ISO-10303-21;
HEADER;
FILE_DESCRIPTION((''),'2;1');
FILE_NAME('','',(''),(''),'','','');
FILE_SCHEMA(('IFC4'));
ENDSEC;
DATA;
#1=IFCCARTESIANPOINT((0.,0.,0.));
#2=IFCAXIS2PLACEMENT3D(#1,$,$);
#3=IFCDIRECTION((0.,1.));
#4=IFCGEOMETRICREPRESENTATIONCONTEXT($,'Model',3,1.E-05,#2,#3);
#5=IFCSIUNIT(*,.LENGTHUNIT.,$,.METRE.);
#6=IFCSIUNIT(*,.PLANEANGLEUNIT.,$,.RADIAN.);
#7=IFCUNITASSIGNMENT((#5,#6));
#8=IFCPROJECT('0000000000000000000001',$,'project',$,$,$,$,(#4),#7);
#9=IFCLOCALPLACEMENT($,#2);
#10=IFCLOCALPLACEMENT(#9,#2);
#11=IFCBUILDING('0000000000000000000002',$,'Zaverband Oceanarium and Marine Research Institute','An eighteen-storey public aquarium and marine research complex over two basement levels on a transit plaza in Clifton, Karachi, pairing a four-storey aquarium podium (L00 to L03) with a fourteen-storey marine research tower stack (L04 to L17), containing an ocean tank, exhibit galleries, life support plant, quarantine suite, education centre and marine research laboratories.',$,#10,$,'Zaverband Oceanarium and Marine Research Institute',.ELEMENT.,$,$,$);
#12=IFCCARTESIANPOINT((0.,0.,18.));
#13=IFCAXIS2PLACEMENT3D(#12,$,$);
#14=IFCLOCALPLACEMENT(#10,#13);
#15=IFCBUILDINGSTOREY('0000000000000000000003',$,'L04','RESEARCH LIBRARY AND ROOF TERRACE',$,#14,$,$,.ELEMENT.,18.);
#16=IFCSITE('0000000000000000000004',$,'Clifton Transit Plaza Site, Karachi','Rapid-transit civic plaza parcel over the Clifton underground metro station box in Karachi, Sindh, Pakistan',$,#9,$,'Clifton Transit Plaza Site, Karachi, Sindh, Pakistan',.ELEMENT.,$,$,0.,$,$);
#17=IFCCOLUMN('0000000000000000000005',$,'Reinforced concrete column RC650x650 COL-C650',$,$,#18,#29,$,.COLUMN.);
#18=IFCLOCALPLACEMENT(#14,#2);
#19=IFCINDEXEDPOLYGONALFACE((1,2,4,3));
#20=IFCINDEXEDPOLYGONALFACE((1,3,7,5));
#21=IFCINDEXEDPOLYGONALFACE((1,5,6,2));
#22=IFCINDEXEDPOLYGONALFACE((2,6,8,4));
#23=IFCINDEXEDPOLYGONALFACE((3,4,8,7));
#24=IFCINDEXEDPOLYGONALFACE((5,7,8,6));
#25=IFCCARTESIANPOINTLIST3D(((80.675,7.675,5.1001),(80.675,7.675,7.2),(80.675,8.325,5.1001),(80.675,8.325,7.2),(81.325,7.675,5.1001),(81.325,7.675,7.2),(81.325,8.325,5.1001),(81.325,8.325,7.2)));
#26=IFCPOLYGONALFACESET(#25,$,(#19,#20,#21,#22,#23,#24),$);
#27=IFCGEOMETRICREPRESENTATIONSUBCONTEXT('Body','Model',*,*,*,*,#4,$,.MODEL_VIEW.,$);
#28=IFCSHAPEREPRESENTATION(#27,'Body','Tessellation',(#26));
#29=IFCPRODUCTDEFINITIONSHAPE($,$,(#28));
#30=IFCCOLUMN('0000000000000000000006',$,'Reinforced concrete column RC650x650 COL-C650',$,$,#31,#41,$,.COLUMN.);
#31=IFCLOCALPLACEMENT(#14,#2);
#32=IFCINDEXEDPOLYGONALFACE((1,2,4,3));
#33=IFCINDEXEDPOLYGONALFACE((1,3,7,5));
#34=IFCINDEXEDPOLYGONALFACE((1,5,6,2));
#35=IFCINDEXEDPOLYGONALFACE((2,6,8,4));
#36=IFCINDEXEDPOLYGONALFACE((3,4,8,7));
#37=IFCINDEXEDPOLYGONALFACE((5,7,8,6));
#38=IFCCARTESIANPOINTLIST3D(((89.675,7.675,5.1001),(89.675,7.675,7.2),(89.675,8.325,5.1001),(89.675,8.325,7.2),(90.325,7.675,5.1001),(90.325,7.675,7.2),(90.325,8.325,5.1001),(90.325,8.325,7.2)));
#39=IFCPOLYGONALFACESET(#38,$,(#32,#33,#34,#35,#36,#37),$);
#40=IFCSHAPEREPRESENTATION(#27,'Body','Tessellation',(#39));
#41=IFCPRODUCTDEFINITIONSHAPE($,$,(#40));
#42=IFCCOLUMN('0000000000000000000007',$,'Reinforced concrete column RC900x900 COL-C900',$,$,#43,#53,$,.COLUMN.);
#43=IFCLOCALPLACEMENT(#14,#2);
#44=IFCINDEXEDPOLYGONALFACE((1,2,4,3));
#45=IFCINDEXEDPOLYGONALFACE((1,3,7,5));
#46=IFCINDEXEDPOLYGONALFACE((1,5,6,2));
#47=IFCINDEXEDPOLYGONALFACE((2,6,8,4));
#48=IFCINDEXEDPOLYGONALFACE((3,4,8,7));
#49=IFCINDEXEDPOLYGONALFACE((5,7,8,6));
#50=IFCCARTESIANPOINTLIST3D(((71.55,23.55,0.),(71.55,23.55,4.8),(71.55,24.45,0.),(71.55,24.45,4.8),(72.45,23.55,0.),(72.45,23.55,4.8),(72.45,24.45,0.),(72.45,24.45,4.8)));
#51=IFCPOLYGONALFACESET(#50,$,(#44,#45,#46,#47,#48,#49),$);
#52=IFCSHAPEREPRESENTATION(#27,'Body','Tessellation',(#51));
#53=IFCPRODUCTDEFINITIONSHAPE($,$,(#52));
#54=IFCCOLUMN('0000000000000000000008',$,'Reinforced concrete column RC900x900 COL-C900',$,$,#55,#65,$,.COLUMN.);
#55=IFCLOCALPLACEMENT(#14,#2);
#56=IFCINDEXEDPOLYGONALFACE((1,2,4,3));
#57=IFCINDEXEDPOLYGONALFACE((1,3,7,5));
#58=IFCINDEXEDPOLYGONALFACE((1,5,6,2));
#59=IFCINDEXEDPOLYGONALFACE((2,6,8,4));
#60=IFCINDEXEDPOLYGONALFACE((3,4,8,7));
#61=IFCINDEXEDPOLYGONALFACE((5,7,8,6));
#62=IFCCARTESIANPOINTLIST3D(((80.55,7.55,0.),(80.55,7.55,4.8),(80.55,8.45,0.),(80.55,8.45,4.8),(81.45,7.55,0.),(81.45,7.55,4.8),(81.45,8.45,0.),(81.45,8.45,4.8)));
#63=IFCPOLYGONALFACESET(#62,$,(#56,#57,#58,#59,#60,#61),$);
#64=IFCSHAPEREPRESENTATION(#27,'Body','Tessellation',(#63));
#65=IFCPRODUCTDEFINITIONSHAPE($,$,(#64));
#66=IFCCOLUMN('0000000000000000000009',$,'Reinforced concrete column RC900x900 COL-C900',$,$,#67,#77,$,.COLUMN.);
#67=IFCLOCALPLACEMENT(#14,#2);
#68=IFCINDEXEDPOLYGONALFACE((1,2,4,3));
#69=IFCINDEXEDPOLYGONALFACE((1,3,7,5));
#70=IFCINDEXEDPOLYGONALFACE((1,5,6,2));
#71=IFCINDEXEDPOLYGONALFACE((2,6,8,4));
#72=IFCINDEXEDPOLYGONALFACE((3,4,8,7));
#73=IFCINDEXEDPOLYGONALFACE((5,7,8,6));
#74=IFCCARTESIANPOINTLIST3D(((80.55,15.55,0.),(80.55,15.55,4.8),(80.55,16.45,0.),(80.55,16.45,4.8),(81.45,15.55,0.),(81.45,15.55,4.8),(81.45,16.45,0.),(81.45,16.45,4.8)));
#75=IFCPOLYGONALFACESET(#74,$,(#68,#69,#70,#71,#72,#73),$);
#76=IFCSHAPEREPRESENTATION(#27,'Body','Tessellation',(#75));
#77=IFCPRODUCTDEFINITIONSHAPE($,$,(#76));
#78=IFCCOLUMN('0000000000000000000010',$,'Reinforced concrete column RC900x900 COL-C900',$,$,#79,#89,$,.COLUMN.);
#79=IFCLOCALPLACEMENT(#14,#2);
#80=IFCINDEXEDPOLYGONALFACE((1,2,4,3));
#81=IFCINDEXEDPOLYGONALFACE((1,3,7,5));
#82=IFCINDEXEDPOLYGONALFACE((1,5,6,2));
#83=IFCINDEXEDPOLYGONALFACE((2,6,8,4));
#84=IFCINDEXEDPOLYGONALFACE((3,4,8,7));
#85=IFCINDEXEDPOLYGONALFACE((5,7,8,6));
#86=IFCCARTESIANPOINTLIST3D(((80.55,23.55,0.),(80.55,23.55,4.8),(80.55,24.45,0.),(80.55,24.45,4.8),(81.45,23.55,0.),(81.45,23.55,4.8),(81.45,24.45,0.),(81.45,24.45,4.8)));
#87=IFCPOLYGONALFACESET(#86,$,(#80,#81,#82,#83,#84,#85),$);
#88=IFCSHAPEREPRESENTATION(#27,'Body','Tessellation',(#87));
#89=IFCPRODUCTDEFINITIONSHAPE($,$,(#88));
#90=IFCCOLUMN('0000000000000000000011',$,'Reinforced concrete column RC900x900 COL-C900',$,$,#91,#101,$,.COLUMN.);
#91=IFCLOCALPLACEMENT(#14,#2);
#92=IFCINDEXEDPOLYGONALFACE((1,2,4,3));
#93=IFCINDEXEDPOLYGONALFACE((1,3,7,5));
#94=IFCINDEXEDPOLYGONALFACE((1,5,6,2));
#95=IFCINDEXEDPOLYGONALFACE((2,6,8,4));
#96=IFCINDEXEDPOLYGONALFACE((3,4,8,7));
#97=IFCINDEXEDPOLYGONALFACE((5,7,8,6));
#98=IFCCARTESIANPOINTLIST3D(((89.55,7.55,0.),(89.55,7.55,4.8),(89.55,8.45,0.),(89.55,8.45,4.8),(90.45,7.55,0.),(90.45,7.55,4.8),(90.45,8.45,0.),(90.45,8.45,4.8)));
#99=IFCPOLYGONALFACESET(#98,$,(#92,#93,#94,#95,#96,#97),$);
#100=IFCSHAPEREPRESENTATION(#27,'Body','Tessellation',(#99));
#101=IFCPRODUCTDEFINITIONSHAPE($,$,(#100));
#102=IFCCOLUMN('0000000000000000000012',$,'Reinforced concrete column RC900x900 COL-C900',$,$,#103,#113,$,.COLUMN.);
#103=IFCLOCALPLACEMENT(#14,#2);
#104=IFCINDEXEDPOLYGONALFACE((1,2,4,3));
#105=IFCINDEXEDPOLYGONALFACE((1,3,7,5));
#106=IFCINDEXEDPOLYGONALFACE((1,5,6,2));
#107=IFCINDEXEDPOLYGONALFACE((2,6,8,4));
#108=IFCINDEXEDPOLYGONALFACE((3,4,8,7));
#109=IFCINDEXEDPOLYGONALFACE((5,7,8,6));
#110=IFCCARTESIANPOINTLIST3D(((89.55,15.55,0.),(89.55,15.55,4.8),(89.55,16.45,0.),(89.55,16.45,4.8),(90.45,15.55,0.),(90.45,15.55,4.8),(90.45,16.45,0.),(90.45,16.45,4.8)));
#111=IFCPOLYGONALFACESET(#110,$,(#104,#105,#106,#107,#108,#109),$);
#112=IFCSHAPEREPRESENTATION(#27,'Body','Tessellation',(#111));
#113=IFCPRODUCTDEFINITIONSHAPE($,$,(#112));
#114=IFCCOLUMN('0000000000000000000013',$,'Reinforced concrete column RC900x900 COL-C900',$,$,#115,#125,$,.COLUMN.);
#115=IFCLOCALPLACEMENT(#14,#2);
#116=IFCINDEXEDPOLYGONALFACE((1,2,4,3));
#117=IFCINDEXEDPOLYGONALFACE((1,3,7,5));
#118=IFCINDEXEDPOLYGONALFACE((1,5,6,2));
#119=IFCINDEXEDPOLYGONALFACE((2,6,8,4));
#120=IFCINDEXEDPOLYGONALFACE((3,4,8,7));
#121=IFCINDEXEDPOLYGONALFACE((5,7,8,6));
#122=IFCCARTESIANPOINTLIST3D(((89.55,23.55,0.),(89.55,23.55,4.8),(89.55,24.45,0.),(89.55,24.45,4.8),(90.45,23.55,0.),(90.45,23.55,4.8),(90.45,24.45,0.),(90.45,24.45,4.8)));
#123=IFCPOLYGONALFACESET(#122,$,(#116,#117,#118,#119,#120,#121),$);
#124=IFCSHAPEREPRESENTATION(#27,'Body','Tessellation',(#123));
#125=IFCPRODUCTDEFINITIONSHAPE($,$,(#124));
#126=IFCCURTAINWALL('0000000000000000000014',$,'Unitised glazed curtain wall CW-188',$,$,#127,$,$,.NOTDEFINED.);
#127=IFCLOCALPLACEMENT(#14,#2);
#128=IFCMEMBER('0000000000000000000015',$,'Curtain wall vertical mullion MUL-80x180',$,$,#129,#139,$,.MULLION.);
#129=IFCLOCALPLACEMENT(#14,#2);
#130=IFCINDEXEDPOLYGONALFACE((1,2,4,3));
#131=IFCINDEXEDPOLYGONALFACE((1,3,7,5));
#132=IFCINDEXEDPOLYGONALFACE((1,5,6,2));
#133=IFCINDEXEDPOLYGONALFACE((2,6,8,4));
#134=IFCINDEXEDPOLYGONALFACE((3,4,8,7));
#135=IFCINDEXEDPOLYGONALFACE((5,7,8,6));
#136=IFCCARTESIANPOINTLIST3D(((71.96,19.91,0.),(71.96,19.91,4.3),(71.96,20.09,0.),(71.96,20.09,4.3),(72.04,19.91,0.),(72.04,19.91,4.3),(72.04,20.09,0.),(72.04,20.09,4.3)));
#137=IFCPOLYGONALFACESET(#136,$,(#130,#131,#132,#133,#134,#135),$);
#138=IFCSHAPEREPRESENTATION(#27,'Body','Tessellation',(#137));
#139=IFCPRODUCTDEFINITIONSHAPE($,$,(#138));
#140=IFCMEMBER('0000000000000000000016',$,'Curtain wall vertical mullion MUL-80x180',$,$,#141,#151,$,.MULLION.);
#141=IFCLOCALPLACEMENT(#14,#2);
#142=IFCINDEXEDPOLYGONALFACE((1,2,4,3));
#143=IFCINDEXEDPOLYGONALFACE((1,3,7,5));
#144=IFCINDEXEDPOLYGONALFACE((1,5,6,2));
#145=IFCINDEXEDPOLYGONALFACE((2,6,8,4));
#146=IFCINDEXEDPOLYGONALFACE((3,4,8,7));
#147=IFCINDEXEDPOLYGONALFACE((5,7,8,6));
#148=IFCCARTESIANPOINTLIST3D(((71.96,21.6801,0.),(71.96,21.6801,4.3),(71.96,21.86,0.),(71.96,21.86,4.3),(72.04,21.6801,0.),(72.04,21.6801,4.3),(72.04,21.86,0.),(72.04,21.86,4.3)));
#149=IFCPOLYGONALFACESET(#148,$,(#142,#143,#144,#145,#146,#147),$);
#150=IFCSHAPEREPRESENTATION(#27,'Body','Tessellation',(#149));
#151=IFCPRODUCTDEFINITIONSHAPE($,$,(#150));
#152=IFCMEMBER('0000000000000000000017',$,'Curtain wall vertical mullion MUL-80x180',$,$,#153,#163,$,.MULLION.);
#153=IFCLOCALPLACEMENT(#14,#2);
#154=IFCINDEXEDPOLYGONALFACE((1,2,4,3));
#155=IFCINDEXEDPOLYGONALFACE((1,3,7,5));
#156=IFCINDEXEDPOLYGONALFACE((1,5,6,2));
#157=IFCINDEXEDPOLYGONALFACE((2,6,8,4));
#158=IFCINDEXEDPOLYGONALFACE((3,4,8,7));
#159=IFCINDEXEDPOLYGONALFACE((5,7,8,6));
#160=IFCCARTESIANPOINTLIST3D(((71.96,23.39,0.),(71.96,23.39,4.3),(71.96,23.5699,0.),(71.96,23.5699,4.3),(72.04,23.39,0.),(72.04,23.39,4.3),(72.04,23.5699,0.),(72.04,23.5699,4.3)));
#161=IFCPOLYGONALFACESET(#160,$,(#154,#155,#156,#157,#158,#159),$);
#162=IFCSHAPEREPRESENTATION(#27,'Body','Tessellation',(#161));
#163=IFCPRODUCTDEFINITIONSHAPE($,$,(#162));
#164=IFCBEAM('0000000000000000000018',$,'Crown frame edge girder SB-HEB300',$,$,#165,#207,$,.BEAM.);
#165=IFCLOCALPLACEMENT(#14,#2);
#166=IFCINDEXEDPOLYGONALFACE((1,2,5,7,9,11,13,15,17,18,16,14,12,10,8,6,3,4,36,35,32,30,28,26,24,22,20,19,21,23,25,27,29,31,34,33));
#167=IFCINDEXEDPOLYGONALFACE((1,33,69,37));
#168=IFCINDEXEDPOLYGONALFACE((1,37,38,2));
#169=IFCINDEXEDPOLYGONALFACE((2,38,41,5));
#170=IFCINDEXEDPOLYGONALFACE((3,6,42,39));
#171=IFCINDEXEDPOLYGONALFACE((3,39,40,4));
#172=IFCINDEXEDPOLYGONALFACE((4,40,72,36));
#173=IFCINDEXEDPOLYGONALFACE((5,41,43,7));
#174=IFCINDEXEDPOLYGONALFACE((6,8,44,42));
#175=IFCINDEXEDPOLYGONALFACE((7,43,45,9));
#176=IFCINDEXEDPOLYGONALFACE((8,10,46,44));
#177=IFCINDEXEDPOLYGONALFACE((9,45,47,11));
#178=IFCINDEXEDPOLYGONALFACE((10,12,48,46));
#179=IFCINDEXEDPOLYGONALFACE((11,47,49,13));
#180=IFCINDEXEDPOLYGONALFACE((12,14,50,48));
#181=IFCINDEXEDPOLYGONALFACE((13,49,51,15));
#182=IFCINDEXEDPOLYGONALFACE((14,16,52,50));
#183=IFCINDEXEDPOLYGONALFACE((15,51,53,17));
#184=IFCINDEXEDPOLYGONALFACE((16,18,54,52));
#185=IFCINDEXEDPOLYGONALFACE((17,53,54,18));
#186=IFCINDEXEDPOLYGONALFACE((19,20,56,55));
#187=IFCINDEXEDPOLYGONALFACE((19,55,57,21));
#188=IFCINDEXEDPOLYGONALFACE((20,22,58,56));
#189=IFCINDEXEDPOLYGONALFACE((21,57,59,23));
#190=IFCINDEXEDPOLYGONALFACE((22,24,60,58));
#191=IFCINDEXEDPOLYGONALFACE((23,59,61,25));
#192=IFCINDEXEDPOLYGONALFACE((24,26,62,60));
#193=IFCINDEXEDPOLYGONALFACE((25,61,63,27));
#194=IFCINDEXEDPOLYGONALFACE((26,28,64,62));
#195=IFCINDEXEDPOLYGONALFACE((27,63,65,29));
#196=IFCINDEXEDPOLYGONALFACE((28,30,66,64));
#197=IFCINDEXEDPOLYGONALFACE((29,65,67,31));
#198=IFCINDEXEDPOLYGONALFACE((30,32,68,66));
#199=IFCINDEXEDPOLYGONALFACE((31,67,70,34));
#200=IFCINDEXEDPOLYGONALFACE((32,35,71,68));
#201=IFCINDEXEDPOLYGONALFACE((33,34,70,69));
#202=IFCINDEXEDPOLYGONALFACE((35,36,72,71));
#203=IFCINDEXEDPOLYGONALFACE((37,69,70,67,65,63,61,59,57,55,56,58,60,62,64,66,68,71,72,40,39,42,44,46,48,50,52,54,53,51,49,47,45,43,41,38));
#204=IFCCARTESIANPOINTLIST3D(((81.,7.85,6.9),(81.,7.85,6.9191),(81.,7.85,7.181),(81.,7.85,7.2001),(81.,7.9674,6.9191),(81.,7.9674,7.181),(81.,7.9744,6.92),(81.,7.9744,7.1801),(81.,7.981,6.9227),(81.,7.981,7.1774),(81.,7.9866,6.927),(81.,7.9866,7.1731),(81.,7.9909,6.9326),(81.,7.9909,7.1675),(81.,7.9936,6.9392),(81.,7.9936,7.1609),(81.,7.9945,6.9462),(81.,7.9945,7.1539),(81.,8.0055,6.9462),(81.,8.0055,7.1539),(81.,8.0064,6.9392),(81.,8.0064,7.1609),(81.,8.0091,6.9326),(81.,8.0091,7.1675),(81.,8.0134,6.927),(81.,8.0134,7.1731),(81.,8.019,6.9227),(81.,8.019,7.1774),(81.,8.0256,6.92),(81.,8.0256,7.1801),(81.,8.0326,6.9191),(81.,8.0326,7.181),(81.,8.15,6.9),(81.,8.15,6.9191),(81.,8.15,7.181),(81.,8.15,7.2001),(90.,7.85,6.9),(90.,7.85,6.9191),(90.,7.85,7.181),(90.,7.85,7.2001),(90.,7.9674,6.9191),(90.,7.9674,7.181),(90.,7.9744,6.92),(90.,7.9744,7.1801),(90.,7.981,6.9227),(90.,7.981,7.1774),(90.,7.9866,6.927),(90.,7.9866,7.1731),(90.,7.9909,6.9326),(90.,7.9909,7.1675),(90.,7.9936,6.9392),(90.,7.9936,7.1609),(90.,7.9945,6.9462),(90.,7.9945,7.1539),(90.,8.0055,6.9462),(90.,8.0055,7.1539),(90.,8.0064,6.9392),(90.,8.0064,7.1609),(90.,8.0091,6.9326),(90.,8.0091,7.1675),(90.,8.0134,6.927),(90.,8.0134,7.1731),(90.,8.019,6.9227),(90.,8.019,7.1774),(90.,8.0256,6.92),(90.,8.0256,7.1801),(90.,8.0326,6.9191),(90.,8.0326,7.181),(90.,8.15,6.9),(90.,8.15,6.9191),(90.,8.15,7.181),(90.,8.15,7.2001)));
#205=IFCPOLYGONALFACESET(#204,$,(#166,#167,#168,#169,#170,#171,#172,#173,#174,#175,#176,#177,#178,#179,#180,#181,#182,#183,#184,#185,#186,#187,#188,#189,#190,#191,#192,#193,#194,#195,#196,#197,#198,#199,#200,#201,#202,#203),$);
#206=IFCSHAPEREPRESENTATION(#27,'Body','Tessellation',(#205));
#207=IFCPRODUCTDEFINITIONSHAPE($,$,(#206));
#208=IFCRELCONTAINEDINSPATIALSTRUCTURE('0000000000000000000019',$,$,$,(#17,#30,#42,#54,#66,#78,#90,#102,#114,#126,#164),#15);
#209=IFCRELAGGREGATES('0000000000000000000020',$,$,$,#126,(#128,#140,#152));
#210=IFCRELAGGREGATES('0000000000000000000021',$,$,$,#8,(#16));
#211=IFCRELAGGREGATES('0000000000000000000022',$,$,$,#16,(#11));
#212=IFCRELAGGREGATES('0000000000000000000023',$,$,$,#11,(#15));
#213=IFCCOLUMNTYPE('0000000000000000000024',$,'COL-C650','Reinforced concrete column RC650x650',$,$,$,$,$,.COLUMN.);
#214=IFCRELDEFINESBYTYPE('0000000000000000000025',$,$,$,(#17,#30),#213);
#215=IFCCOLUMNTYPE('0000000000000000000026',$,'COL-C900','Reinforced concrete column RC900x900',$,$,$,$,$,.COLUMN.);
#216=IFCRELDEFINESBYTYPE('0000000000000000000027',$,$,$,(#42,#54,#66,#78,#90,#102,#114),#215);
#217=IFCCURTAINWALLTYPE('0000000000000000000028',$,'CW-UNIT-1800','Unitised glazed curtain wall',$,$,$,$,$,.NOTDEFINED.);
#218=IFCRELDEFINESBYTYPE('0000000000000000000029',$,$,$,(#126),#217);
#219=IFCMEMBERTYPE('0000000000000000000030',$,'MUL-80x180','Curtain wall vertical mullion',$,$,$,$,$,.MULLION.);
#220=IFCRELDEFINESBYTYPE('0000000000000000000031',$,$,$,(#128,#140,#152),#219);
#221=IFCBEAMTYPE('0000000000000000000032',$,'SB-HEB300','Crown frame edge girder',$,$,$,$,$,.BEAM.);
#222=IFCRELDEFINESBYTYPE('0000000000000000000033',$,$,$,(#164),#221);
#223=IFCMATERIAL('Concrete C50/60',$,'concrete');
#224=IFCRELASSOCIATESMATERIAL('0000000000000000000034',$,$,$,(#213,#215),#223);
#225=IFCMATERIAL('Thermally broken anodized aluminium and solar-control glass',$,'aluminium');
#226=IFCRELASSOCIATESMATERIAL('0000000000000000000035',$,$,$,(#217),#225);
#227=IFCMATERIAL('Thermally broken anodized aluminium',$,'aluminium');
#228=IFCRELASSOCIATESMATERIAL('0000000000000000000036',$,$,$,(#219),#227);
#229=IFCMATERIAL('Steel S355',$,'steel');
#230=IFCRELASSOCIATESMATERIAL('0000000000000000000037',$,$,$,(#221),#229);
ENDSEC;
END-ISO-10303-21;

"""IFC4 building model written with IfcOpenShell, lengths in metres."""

from ifc_helpers import new_model, si_unit, direction, frame, origin, origin_2d, place, context, subcontext, project, spatial, rectangle, i_section, extrude, material, material_profile, profile_set, type_object, element, aggregate, save


model = new_model("IFC4")

# Units and contexts
model_context = context("Model", 3, precision=1e-05, world=origin(), true_north=direction((0.0, 1.0)))
body_context = subcontext(model_context, "Body", "Model", "MODEL_VIEW")
ifc_project = project(units=[si_unit("LENGTHUNIT", "METRE"), si_unit("PLANEANGLEUNIT", "RADIAN")], contexts=[model_context])

# Site, building, storey
site_placement = place(None, origin())
site = spatial("IfcSite", under=ifc_project, at=site_placement, Name="Clifton Transit Plaza Site, Karachi", Description="Rapid-transit civic plaza parcel over the Clifton underground metro station box in Karachi, Sindh, Pakistan", LongName="Clifton Transit Plaza Site, Karachi, Sindh, Pakistan", CompositionType="ELEMENT", RefElevation=0.0)
building_placement = place(site_placement, origin())
building = spatial("IfcBuilding", under=site, at=building_placement, Name="Zaverband Oceanarium and Marine Research Institute", Description="An eighteen-storey public aquarium and marine research complex over two basement levels on a transit plaza in Clifton, Karachi, pairing a four-storey aquarium podium (L00 to L03) with a fourteen-storey marine research tower stack (L04 to L17), containing an ocean tank, exhibit galleries, life support plant, quarantine suite, education centre and marine research laboratories.", LongName="Zaverband Oceanarium and Marine Research Institute", CompositionType="ELEMENT")
storey_placement = place(building_placement, frame((0.0, 0.0, 18.0)))
storey = spatial("IfcBuildingStorey", under=building, at=storey_placement, Name="L04", Description="RESEARCH LIBRARY AND ROOF TERRACE", CompositionType="ELEMENT", Elevation=18.0)

# Columns
ifc_material_1 = material(Name="Concrete C50/60", Category="concrete")
ifc_material_profile_1 = material_profile(ifc_material_1, rectangle(XDim=0.6499, YDim=0.6499, at=origin_2d()), Name="RC650x650")
ifc_profile_set_1 = profile_set([ifc_material_profile_1], Name="Concrete C50/60")
column_type_1 = type_object("IfcColumnType", Name="COL-C650", Description="Reinforced concrete column RC650x650", PredefinedType="COLUMN", material=ifc_profile_set_1)
for number, where, z_axis, x_axis, name in (
    (1, (81.0, 8.0, 5.1001), (0.0, 0.0, 1.0), (1.0, 0.0, 0.0), "Reinforced concrete column RC650x650 COL-C650"),
    (2, (90.0, 8.0, 5.1001), (0.0, 0.0, 1.0), (1.0, 0.0, 0.0), "Reinforced concrete column RC650x650 COL-C650"),
):
    element("IfcColumn", number, at=place(storey_placement, frame(where, z_axis=z_axis, x_axis=x_axis)), inside=storey, type_object=column_type_1, Name=name, PredefinedType="COLUMN", context=body_context, shape_type="SweptSolid", body=[
        extrude(rectangle(XDim=0.6499, YDim=0.6499, at=origin_2d()), origin(), (0.0, 0.0, 1.0), 2.0999),
    ])
ifc_material_profile_2 = material_profile(ifc_material_1, rectangle(XDim=0.8999, YDim=0.8999, at=origin_2d()), Name="RC900x900")
ifc_profile_set_2 = profile_set([ifc_material_profile_2], Name="Concrete C50/60")
column_type_2 = type_object("IfcColumnType", Name="COL-C900", Description="Reinforced concrete column RC900x900", PredefinedType="COLUMN", material=ifc_profile_set_2)
for number, where, z_axis, x_axis, name in (
    (3, (72.0, 24.0, 0.0), (0.0, 0.0, 1.0), (1.0, 0.0, 0.0), "Reinforced concrete column RC900x900 COL-C900"),
    (4, (81.0, 8.0, 0.0), (0.0, 0.0, 1.0), (1.0, 0.0, 0.0), "Reinforced concrete column RC900x900 COL-C900"),
    (5, (81.0, 16.0, 0.0), (0.0, 0.0, 1.0), (1.0, 0.0, 0.0), "Reinforced concrete column RC900x900 COL-C900"),
    (6, (81.0, 24.0, 0.0), (0.0, 0.0, 1.0), (1.0, 0.0, 0.0), "Reinforced concrete column RC900x900 COL-C900"),
    (7, (90.0, 8.0, 0.0), (0.0, 0.0, 1.0), (1.0, 0.0, 0.0), "Reinforced concrete column RC900x900 COL-C900"),
    (8, (90.0, 16.0, 0.0), (0.0, 0.0, 1.0), (1.0, 0.0, 0.0), "Reinforced concrete column RC900x900 COL-C900"),
    (9, (90.0, 24.0, 0.0), (0.0, 0.0, 1.0), (1.0, 0.0, 0.0), "Reinforced concrete column RC900x900 COL-C900"),
):
    element("IfcColumn", number, at=place(storey_placement, frame(where, z_axis=z_axis, x_axis=x_axis)), inside=storey, type_object=column_type_2, Name=name, PredefinedType="COLUMN", context=body_context, shape_type="SweptSolid", body=[
        extrude(rectangle(XDim=0.8999, YDim=0.8999, at=origin_2d()), origin(), (0.0, 0.0, 1.0), 4.8),
    ])

# Curtain wall, members
ifc_material_2 = material(Name="Thermally broken anodized aluminium and solar-control glass", Category="aluminium")
curtain_wall_type = type_object("IfcCurtainWallType", Name="CW-UNIT-1800", Description="Unitised glazed curtain wall", PredefinedType="NOTDEFINED", material=ifc_material_2)
curtain_wall_placement = place(storey_placement, origin())
curtain_wall = element("IfcCurtainWall", 10, at=curtain_wall_placement, inside=storey, type_object=curtain_wall_type, Name="Unitised glazed curtain wall CW-188", PredefinedType="NOTDEFINED")
ifc_material_3 = material(Name="Thermally broken anodized aluminium", Category="aluminium")
ifc_material_profile_3 = material_profile(ifc_material_3, rectangle(XDim=0.0801, YDim=0.1799, at=origin_2d()), Name="AL-MUL-80x180")
ifc_profile_set_3 = profile_set([ifc_material_profile_3], Name="Thermally broken anodized aluminium")
member_type = type_object("IfcMemberType", Name="MUL-80x180", Description="Curtain wall vertical mullion", PredefinedType="MULLION", material=ifc_profile_set_3)
member_1_placement = place(storey_placement, frame((72.0, 20.0, 0.0), z_axis=(0.0, 0.0, 1.0), x_axis=(1.0, 0.0, 0.0)))
member_1 = element("IfcMember", 11, at=member_1_placement, type_object=member_type, Name="Curtain wall vertical mullion MUL-80x180", PredefinedType="MULLION", context=body_context, shape_type="SweptSolid", body=[
    extrude(rectangle(XDim=0.0801, YDim=0.1799, at=origin_2d()), origin(), (0.0, 0.0, 1.0), 4.3),
])
member_2_placement = place(storey_placement, frame((72.0, 21.77, 0.0), z_axis=(0.0, 0.0, 1.0), x_axis=(1.0, 0.0, 0.0)))
member_2 = element("IfcMember", 12, at=member_2_placement, type_object=member_type, Name="Curtain wall vertical mullion MUL-80x180", PredefinedType="MULLION", context=body_context, shape_type="SweptSolid", body=[
    extrude(rectangle(XDim=0.0801, YDim=0.1799, at=origin_2d()), origin(), (0.0, 0.0, 1.0), 4.3),
])
member_3_placement = place(storey_placement, frame((72.0, 23.48, 0.0), z_axis=(0.0, 0.0, 1.0), x_axis=(1.0, 0.0, 0.0)))
member_3 = element("IfcMember", 13, at=member_3_placement, type_object=member_type, Name="Curtain wall vertical mullion MUL-80x180", PredefinedType="MULLION", context=body_context, shape_type="SweptSolid", body=[
    extrude(rectangle(XDim=0.0801, YDim=0.1799, at=origin_2d()), origin(), (0.0, 0.0, 1.0), 4.3),
])

# Beam
ifc_material_4 = material(Name="Steel S355", Category="steel")
ifc_material_profile_4 = material_profile(ifc_material_4, i_section(OverallWidth=0.3, OverallDepth=0.3, WebThickness=0.011, FlangeThickness=0.019, FilletRadius=0.0271, at=origin_2d()), Name="HEB300")
ifc_profile_set_4 = profile_set([ifc_material_profile_4], Name="Steel S355")
beam_type_1 = type_object("IfcBeamType", Name="SB-HEB300", Description="Crown frame edge girder", PredefinedType="BEAM", material=ifc_profile_set_4)
for number, where, z_axis, x_axis, name in (
    (14, (81.0, 8.0, 7.05), (1.0, 0.0, 0.0), (0.0, 1.0, 0.0), "Crown frame edge girder SB-HEB300"),
):
    element("IfcBeam", number, at=place(storey_placement, frame(where, z_axis=z_axis, x_axis=x_axis)), inside=storey, type_object=beam_type_1, Name=name, PredefinedType="BEAM", context=body_context, shape_type="SweptSolid", body=[
        extrude(i_section(OverallWidth=0.3, OverallDepth=0.3, WebThickness=0.011, FlangeThickness=0.019, FilletRadius=0.0271, at=origin_2d()), origin(), (0.0, 0.0, 1.0), 9.0),
    ])

aggregate(curtain_wall, [member_1, member_2, member_3])

save(model, "model.ifc")
